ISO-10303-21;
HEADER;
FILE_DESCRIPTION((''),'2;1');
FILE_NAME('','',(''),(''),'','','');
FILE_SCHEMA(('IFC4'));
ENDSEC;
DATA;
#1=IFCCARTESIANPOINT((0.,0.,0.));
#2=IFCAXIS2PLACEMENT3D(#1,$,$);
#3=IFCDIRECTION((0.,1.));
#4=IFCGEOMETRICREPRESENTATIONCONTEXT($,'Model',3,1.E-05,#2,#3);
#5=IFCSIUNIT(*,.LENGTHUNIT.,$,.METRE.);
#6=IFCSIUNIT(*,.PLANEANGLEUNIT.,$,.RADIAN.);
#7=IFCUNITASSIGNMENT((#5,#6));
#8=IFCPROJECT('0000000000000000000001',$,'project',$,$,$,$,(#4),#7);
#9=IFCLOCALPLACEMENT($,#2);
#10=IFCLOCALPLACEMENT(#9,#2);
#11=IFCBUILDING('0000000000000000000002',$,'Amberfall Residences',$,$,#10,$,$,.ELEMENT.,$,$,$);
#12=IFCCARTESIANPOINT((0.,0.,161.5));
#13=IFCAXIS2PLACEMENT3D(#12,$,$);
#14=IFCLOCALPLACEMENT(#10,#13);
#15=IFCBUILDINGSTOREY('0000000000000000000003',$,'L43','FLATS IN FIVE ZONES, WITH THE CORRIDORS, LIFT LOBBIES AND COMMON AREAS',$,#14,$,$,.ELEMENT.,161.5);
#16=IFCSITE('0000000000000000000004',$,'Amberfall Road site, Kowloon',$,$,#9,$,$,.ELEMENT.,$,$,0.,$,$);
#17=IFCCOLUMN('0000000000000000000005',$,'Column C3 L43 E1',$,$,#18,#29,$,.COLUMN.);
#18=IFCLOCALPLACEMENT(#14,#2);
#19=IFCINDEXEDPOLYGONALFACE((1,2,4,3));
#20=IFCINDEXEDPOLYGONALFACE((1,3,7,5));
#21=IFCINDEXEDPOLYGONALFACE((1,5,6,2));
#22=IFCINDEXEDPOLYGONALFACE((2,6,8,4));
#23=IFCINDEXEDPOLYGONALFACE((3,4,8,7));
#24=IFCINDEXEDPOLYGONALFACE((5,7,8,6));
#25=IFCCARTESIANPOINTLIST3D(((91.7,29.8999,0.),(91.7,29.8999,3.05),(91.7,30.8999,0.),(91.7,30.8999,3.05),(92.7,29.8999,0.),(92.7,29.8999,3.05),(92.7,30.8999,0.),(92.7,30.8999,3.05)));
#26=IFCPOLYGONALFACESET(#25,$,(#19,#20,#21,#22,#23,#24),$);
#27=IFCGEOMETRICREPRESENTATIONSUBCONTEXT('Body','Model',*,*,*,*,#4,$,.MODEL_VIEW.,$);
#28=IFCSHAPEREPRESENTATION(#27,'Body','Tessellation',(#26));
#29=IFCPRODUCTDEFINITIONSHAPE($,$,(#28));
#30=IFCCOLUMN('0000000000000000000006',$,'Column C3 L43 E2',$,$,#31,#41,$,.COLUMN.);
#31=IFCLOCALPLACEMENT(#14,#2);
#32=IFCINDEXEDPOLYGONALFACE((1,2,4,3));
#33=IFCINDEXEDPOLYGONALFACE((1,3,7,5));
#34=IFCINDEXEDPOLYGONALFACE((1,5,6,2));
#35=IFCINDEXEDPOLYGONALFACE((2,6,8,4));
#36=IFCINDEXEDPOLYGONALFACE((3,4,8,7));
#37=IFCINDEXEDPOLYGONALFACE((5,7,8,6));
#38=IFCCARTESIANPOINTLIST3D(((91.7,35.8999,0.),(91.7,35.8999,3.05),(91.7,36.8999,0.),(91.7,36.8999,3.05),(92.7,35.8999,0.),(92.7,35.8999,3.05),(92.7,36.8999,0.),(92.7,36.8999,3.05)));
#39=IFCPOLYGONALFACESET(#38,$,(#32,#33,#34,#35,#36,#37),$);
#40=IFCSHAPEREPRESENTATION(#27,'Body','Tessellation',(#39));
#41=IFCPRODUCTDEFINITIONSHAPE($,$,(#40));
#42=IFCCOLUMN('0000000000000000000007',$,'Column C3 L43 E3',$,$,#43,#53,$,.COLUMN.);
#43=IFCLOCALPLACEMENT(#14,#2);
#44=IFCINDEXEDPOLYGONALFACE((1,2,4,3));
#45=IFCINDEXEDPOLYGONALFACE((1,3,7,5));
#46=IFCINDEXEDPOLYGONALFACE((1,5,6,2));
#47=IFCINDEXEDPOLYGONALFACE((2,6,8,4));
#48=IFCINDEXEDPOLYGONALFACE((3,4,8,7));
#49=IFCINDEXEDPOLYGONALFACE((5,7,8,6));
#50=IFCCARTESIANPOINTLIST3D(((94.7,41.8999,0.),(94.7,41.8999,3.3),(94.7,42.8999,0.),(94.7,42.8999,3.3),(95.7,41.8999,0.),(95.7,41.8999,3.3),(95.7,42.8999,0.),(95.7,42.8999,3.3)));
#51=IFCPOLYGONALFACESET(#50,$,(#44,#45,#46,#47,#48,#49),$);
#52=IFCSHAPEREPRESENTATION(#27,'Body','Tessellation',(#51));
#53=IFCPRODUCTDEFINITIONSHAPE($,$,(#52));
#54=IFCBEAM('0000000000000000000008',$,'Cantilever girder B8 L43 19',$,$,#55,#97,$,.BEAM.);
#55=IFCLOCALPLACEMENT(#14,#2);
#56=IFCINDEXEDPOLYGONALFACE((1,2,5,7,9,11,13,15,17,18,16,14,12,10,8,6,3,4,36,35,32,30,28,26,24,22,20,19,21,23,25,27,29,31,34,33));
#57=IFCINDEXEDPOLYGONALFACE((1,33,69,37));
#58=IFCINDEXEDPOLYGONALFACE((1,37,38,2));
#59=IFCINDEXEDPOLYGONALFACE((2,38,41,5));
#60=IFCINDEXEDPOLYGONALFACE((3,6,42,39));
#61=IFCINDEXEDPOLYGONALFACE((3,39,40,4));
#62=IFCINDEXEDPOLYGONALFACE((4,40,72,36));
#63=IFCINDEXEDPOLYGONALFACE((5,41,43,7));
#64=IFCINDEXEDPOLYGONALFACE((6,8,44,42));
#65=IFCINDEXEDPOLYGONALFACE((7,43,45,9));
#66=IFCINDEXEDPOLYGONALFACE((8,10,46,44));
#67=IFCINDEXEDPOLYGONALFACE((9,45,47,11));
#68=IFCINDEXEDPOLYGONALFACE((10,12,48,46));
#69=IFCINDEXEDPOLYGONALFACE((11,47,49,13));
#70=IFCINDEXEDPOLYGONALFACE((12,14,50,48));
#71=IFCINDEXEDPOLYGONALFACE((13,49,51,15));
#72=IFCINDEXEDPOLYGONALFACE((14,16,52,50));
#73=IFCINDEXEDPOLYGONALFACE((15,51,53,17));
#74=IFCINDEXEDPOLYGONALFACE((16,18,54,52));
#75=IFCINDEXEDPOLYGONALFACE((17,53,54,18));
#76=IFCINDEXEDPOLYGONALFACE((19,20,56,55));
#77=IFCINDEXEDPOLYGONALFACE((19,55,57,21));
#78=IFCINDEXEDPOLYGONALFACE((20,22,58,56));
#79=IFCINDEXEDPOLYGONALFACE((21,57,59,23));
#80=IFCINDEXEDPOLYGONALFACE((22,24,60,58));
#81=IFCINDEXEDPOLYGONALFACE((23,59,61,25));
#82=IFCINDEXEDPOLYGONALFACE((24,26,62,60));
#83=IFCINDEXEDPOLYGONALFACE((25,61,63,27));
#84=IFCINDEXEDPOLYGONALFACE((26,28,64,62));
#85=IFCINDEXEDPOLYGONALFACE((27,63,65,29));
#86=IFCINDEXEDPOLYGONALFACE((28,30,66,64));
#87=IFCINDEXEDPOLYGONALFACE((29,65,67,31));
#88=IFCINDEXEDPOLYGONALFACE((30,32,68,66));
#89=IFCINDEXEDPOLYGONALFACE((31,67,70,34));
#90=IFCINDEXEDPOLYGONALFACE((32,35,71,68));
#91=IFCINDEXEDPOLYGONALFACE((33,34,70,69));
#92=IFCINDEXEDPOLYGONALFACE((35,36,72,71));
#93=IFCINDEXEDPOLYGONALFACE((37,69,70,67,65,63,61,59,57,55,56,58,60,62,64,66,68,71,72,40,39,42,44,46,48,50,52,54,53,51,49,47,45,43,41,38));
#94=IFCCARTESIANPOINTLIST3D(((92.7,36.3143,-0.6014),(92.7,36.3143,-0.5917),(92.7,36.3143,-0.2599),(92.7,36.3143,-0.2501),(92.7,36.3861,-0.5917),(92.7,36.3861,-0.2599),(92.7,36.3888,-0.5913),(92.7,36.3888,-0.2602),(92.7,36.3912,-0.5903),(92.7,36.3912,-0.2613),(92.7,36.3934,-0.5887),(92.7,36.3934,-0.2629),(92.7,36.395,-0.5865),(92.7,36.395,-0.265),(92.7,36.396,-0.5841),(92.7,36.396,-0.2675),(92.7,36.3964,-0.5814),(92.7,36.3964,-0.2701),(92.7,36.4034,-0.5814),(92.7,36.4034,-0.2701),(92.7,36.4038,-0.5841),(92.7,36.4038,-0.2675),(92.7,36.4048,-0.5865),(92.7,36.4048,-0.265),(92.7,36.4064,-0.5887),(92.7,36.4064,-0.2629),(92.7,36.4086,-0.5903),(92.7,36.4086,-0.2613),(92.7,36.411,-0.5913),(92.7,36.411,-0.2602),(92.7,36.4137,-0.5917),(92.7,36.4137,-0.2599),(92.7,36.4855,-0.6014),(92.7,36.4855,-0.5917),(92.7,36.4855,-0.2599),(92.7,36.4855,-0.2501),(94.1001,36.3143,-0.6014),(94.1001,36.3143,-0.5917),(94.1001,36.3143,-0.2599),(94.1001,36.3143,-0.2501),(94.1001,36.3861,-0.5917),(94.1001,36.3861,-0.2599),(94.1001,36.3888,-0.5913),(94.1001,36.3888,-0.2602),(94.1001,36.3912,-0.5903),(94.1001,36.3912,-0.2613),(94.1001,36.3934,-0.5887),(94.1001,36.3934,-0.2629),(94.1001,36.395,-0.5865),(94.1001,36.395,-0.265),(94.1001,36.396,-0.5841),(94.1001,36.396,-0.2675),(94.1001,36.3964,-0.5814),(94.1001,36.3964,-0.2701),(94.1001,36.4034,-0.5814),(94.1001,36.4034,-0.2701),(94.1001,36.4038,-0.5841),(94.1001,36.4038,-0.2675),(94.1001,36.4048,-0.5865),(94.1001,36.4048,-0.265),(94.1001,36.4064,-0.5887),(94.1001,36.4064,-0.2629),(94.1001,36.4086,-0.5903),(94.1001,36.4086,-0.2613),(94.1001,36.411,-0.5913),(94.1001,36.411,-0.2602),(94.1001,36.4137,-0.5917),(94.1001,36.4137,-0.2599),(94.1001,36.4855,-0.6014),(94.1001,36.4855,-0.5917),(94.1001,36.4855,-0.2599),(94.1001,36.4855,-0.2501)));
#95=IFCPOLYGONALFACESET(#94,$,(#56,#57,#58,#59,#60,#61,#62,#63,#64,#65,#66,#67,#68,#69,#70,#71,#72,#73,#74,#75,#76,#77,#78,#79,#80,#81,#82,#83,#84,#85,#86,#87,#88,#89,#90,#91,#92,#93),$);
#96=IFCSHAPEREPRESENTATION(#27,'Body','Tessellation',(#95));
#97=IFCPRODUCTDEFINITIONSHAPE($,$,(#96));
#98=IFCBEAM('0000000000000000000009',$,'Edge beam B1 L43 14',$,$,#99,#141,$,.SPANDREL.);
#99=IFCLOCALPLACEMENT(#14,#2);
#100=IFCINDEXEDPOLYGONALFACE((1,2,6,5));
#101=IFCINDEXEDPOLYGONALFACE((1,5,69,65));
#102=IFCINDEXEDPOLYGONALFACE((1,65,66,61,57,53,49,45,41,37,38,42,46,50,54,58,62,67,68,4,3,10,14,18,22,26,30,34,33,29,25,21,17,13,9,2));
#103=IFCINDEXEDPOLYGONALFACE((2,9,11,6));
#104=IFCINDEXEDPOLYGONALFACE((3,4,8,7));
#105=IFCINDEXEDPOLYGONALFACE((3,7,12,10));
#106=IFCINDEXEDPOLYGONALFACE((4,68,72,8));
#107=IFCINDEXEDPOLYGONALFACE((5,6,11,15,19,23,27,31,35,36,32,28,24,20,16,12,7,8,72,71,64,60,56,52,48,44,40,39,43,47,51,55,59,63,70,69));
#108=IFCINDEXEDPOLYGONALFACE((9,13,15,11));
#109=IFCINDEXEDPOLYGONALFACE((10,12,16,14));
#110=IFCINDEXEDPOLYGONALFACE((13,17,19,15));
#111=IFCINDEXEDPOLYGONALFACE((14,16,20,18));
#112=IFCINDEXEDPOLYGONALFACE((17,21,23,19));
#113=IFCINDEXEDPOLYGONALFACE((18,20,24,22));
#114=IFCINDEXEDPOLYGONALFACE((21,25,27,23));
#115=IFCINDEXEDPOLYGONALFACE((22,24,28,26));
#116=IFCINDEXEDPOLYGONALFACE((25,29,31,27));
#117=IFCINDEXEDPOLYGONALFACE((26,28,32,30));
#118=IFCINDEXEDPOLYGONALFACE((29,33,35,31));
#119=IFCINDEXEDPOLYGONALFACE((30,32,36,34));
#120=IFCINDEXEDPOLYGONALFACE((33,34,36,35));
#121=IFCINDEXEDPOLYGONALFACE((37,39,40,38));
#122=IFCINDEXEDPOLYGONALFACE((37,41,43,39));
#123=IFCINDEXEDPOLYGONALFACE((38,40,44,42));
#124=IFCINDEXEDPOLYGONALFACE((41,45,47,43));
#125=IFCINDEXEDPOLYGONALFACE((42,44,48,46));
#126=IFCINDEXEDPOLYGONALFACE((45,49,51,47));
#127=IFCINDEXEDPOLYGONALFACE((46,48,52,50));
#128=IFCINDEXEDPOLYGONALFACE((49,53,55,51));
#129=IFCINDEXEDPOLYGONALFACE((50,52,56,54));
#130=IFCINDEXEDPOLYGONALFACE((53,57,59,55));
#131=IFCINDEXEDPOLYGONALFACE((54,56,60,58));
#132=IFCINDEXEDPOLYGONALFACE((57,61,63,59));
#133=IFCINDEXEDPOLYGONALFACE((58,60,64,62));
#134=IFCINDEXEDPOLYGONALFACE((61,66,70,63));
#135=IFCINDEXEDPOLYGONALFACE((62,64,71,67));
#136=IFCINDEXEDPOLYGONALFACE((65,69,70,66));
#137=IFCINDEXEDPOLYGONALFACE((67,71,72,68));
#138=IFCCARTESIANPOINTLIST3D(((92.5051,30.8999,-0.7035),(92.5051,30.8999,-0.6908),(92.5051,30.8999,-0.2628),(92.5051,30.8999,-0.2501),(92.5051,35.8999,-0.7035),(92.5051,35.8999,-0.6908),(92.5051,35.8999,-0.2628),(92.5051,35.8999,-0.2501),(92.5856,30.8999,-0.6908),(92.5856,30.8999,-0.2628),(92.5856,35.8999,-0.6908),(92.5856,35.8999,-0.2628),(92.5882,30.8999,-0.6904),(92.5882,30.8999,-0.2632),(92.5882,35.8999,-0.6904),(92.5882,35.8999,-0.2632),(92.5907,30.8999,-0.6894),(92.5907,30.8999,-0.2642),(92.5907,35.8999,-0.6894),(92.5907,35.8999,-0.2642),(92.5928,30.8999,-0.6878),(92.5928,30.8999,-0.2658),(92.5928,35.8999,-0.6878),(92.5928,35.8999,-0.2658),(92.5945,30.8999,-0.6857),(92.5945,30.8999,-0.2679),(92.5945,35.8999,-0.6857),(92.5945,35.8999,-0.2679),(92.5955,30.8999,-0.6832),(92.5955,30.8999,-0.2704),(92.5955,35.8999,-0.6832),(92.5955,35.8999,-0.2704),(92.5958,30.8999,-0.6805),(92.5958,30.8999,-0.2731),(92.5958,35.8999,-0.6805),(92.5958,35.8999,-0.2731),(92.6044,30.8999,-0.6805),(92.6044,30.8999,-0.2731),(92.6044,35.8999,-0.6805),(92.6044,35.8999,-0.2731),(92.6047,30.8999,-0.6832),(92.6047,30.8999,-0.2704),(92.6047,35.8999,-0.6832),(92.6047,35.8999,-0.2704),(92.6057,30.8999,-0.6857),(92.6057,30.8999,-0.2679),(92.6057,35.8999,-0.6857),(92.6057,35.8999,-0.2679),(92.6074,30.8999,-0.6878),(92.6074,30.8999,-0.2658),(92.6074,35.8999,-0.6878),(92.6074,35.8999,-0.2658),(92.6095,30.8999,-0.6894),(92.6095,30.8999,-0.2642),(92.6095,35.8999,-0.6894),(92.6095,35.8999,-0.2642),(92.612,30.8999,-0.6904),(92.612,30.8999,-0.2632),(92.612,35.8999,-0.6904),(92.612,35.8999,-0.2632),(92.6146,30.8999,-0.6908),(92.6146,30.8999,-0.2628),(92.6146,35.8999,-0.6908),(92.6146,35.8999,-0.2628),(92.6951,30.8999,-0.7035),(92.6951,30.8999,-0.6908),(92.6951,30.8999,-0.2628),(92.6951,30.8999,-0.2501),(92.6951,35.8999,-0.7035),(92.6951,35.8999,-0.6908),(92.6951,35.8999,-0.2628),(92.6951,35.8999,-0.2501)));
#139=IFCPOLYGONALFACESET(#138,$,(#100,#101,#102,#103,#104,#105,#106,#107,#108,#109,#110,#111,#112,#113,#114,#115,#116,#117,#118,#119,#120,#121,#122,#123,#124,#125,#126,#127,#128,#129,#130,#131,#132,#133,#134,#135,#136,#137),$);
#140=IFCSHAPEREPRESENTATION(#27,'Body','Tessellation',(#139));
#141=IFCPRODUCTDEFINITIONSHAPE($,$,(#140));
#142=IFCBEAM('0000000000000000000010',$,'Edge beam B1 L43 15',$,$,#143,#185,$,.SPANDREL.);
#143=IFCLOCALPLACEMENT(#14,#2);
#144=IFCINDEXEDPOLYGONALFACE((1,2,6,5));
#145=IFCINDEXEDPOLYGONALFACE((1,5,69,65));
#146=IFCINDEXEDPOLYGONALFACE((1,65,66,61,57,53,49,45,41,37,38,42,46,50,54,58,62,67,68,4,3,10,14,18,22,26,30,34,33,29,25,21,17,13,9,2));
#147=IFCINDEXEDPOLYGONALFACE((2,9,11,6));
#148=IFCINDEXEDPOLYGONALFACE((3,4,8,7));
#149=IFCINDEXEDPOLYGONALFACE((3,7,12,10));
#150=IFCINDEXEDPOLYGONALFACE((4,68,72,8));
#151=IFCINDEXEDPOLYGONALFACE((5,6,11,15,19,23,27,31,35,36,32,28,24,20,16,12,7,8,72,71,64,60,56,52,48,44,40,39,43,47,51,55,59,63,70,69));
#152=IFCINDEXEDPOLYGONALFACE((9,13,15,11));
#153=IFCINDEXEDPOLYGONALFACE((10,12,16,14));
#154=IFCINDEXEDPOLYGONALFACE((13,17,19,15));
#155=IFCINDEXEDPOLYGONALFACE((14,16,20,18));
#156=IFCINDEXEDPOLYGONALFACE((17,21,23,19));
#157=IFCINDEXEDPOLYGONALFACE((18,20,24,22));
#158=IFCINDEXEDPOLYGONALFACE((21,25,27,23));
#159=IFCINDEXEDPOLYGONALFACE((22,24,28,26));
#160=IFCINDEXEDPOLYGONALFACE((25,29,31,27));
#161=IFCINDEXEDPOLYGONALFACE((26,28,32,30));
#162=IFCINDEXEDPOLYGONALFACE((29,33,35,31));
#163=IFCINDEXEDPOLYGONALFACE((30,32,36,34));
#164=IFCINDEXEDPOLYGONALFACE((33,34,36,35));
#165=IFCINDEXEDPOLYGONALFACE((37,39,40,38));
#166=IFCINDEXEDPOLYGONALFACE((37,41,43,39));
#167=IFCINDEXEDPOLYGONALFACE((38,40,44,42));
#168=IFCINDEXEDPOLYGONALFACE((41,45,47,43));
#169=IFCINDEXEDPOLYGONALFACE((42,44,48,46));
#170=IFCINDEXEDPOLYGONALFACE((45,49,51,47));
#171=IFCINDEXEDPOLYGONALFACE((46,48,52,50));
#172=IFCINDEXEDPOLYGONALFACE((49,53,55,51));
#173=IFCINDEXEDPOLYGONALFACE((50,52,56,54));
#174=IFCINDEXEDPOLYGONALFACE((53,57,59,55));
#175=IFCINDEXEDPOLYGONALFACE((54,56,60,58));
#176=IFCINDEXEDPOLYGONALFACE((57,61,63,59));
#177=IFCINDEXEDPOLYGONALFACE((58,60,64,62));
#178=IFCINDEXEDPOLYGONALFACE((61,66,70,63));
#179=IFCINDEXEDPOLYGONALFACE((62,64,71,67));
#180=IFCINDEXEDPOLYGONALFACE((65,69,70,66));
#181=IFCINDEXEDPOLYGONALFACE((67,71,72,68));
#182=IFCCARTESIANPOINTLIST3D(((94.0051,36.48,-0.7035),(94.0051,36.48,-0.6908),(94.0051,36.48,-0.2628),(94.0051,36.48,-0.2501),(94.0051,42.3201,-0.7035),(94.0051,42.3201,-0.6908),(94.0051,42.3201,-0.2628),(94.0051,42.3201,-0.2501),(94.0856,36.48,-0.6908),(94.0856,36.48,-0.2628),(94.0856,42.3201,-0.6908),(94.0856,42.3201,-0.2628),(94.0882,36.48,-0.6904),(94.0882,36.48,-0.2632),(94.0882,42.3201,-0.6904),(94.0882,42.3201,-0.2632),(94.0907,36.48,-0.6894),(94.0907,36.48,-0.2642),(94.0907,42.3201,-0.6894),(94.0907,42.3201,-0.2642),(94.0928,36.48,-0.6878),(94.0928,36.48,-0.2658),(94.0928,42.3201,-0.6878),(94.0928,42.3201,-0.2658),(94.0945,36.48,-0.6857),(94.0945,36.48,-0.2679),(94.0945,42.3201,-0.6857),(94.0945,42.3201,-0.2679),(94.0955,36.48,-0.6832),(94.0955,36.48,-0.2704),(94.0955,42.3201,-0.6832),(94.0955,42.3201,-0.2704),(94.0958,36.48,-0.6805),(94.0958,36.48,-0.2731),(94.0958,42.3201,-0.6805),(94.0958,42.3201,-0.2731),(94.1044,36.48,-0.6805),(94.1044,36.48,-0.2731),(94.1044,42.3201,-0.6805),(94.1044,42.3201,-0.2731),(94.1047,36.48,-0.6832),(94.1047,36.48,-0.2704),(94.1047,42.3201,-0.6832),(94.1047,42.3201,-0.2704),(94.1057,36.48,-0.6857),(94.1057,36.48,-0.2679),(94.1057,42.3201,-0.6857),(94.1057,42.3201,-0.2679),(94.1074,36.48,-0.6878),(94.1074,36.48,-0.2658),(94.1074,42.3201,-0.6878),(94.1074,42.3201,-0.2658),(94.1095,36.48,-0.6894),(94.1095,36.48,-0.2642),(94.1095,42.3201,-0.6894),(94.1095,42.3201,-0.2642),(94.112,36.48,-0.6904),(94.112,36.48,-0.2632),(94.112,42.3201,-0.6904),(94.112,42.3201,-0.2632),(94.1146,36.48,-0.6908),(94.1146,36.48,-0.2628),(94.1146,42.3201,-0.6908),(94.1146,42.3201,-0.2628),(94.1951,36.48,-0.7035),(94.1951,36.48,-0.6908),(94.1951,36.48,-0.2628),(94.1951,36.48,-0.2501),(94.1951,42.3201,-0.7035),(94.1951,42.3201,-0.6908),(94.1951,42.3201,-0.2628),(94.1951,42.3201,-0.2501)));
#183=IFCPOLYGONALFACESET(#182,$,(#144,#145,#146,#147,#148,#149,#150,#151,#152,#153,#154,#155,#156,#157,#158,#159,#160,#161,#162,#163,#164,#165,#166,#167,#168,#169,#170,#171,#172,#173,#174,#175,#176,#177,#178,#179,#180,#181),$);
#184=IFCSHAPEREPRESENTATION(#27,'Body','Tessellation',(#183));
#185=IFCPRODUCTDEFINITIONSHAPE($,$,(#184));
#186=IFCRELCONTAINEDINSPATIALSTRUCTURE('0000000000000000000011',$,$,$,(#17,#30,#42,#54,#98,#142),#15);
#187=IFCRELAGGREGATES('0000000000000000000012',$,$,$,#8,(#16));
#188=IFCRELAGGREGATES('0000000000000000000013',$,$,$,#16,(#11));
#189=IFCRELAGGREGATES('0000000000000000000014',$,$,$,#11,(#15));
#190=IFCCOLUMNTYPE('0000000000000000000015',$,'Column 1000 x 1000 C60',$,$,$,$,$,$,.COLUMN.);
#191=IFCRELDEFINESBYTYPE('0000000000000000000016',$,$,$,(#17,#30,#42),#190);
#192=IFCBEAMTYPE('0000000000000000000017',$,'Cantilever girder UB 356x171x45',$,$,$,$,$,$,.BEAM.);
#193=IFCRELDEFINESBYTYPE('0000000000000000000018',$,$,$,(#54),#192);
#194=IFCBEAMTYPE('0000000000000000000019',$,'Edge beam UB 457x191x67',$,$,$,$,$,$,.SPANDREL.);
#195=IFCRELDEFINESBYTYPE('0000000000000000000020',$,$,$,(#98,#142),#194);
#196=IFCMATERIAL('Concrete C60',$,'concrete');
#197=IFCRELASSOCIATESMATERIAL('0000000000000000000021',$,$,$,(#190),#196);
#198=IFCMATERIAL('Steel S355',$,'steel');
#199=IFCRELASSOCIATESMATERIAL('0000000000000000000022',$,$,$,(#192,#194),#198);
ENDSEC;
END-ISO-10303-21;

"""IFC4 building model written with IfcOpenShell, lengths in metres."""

from ifc_helpers import new_model, si_unit, direction, frame, origin, origin_2d, place, context, subcontext, project, spatial, rectangle, i_section, extrude, material, material_profile, profile_set, type_object, element, save


model = new_model("IFC4")

# Units and contexts
model_context = context("Model", 3, precision=1e-05, world=origin(), true_north=direction((0.0, 1.0)))
body_context = subcontext(model_context, "Body", "Model", "MODEL_VIEW")
ifc_project = project(units=[si_unit("LENGTHUNIT", "METRE"), si_unit("PLANEANGLEUNIT", "RADIAN")], contexts=[model_context])

# Site, building, storey
site_placement = place(None, origin())
site = spatial("IfcSite", under=ifc_project, at=site_placement, Name="Amberfall Road site, Kowloon", CompositionType="ELEMENT", RefElevation=0.0)
building_placement = place(site_placement, origin())
building = spatial("IfcBuilding", under=site, at=building_placement, Name="Amberfall Residences", CompositionType="ELEMENT")
storey_placement = place(building_placement, frame((0.0, 0.0, 161.5)))
storey = spatial("IfcBuildingStorey", under=building, at=storey_placement, Name="L43", Description="FLATS IN FIVE ZONES, WITH THE CORRIDORS, LIFT LOBBIES AND COMMON AREAS", CompositionType="ELEMENT", Elevation=161.5)

# Columns
ifc_material_1 = material(Name="Concrete C60", Category="concrete")
ifc_material_profile_1 = material_profile(ifc_material_1, rectangle(XDim=1.0, YDim=1.0, at=origin_2d()), Name="Column 1000 x 1000 C60")
ifc_profile_set_1 = profile_set([ifc_material_profile_1], Name="Concrete C60")
column_type = type_object("IfcColumnType", Name="Column 1000 x 1000 C60", PredefinedType="COLUMN", material=ifc_profile_set_1)
for number, where, z_axis, x_axis, name in (
    (1, (92.2, 30.3999, 0.0), (0.0, 0.0, 1.0), (1.0, 0.0, 0.0), "Column C3 L43 E1"),
    (2, (92.2, 36.3999, 0.0), (0.0, 0.0, 1.0), (1.0, 0.0, 0.0), "Column C3 L43 E2"),
):
    element("IfcColumn", number, at=place(storey_placement, frame(where, z_axis=z_axis, x_axis=x_axis)), inside=storey, type_object=column_type, Name=name, PredefinedType="COLUMN", context=body_context, shape_type="SweptSolid", body=[
        extrude(rectangle(XDim=1.0, YDim=1.0, at=origin_2d()), origin(), (0.0, 0.0, 1.0), 3.05),
    ])
column_placement = place(storey_placement, frame((95.2, 42.3999, 0.0), z_axis=(0.0, 0.0, 1.0), x_axis=(1.0, 0.0, 0.0)))
element("IfcColumn", 3, at=column_placement, inside=storey, type_object=column_type, Name="Column C3 L43 E3", PredefinedType="COLUMN", context=body_context, shape_type="SweptSolid", body=[
    extrude(rectangle(XDim=1.0, YDim=1.0, at=origin_2d()), origin(), (0.0, 0.0, 1.0), 3.3),
])

# Beams
ifc_material_2 = material(Name="Steel S355", Category="steel")
ifc_material_profile_2 = material_profile(ifc_material_2, i_section(OverallWidth=0.1711, OverallDepth=0.3513, WebThickness=0.0071, FlangeThickness=0.0098, FilletRadius=0.0103, at=origin_2d()), Name="UB 356x171x45")
ifc_profile_set_2 = profile_set([ifc_material_profile_2], Name="Steel S355")
beam_type_1 = type_object("IfcBeamType", Name="Cantilever girder UB 356x171x45", PredefinedType="BEAM", material=ifc_profile_set_2)
beam_1_placement = place(storey_placement, frame((92.7, 36.3999, -0.4258), z_axis=(1.0, 0.0, 0.0), x_axis=(0.0, 1.0, 0.0)))
element("IfcBeam", 4, at=beam_1_placement, inside=storey, type_object=beam_type_1, Name="Cantilever girder B8 L43 19", PredefinedType="BEAM", context=body_context, shape_type="SweptSolid", body=[
    extrude(i_section(OverallWidth=0.1711, OverallDepth=0.3513, WebThickness=0.0071, FlangeThickness=0.0098, FilletRadius=0.0103, at=origin_2d()), origin(), (0.0, 0.0, 1.0), 1.4001),
])
ifc_material_profile_3 = material_profile(ifc_material_2, i_section(OverallWidth=0.1899, OverallDepth=0.4534, WebThickness=0.0085, FlangeThickness=0.0127, FilletRadius=0.0103, at=origin_2d()), Name="UB 457x191x67")
ifc_profile_set_3 = profile_set([ifc_material_profile_3], Name="Steel S355")
beam_type_2 = type_object("IfcBeamType", Name="Edge beam UB 457x191x67", PredefinedType="SPANDREL", material=ifc_profile_set_3)
beam_2_placement = place(storey_placement, frame((92.6001, 30.8999, -0.4768), z_axis=(0.0, 1.0, 0.0), x_axis=(-1.0, 0.0, 0.0)))
element("IfcBeam", 5, at=beam_2_placement, inside=storey, type_object=beam_type_2, Name="Edge beam B1 L43 14", PredefinedType="SPANDREL", context=body_context, shape_type="SweptSolid", body=[
    extrude(i_section(OverallWidth=0.1899, OverallDepth=0.4534, WebThickness=0.0085, FlangeThickness=0.0127, FilletRadius=0.0103, at=origin_2d()), origin(), (0.0, 0.0, 1.0), 5.0),
])
beam_3_placement = place(storey_placement, frame((94.1001, 36.48, -0.4768), z_axis=(0.0, 1.0, 0.0), x_axis=(-1.0, 0.0, 0.0)))
element("IfcBeam", 6, at=beam_3_placement, inside=storey, type_object=beam_type_2, Name="Edge beam B1 L43 15", PredefinedType="SPANDREL", context=body_context, shape_type="SweptSolid", body=[
    extrude(i_section(OverallWidth=0.1899, OverallDepth=0.4534, WebThickness=0.0085, FlangeThickness=0.0127, FilletRadius=0.0103, at=origin_2d()), origin(), (0.0, 0.0, 1.0), 5.8401),
])

save(model, "model.ifc")
